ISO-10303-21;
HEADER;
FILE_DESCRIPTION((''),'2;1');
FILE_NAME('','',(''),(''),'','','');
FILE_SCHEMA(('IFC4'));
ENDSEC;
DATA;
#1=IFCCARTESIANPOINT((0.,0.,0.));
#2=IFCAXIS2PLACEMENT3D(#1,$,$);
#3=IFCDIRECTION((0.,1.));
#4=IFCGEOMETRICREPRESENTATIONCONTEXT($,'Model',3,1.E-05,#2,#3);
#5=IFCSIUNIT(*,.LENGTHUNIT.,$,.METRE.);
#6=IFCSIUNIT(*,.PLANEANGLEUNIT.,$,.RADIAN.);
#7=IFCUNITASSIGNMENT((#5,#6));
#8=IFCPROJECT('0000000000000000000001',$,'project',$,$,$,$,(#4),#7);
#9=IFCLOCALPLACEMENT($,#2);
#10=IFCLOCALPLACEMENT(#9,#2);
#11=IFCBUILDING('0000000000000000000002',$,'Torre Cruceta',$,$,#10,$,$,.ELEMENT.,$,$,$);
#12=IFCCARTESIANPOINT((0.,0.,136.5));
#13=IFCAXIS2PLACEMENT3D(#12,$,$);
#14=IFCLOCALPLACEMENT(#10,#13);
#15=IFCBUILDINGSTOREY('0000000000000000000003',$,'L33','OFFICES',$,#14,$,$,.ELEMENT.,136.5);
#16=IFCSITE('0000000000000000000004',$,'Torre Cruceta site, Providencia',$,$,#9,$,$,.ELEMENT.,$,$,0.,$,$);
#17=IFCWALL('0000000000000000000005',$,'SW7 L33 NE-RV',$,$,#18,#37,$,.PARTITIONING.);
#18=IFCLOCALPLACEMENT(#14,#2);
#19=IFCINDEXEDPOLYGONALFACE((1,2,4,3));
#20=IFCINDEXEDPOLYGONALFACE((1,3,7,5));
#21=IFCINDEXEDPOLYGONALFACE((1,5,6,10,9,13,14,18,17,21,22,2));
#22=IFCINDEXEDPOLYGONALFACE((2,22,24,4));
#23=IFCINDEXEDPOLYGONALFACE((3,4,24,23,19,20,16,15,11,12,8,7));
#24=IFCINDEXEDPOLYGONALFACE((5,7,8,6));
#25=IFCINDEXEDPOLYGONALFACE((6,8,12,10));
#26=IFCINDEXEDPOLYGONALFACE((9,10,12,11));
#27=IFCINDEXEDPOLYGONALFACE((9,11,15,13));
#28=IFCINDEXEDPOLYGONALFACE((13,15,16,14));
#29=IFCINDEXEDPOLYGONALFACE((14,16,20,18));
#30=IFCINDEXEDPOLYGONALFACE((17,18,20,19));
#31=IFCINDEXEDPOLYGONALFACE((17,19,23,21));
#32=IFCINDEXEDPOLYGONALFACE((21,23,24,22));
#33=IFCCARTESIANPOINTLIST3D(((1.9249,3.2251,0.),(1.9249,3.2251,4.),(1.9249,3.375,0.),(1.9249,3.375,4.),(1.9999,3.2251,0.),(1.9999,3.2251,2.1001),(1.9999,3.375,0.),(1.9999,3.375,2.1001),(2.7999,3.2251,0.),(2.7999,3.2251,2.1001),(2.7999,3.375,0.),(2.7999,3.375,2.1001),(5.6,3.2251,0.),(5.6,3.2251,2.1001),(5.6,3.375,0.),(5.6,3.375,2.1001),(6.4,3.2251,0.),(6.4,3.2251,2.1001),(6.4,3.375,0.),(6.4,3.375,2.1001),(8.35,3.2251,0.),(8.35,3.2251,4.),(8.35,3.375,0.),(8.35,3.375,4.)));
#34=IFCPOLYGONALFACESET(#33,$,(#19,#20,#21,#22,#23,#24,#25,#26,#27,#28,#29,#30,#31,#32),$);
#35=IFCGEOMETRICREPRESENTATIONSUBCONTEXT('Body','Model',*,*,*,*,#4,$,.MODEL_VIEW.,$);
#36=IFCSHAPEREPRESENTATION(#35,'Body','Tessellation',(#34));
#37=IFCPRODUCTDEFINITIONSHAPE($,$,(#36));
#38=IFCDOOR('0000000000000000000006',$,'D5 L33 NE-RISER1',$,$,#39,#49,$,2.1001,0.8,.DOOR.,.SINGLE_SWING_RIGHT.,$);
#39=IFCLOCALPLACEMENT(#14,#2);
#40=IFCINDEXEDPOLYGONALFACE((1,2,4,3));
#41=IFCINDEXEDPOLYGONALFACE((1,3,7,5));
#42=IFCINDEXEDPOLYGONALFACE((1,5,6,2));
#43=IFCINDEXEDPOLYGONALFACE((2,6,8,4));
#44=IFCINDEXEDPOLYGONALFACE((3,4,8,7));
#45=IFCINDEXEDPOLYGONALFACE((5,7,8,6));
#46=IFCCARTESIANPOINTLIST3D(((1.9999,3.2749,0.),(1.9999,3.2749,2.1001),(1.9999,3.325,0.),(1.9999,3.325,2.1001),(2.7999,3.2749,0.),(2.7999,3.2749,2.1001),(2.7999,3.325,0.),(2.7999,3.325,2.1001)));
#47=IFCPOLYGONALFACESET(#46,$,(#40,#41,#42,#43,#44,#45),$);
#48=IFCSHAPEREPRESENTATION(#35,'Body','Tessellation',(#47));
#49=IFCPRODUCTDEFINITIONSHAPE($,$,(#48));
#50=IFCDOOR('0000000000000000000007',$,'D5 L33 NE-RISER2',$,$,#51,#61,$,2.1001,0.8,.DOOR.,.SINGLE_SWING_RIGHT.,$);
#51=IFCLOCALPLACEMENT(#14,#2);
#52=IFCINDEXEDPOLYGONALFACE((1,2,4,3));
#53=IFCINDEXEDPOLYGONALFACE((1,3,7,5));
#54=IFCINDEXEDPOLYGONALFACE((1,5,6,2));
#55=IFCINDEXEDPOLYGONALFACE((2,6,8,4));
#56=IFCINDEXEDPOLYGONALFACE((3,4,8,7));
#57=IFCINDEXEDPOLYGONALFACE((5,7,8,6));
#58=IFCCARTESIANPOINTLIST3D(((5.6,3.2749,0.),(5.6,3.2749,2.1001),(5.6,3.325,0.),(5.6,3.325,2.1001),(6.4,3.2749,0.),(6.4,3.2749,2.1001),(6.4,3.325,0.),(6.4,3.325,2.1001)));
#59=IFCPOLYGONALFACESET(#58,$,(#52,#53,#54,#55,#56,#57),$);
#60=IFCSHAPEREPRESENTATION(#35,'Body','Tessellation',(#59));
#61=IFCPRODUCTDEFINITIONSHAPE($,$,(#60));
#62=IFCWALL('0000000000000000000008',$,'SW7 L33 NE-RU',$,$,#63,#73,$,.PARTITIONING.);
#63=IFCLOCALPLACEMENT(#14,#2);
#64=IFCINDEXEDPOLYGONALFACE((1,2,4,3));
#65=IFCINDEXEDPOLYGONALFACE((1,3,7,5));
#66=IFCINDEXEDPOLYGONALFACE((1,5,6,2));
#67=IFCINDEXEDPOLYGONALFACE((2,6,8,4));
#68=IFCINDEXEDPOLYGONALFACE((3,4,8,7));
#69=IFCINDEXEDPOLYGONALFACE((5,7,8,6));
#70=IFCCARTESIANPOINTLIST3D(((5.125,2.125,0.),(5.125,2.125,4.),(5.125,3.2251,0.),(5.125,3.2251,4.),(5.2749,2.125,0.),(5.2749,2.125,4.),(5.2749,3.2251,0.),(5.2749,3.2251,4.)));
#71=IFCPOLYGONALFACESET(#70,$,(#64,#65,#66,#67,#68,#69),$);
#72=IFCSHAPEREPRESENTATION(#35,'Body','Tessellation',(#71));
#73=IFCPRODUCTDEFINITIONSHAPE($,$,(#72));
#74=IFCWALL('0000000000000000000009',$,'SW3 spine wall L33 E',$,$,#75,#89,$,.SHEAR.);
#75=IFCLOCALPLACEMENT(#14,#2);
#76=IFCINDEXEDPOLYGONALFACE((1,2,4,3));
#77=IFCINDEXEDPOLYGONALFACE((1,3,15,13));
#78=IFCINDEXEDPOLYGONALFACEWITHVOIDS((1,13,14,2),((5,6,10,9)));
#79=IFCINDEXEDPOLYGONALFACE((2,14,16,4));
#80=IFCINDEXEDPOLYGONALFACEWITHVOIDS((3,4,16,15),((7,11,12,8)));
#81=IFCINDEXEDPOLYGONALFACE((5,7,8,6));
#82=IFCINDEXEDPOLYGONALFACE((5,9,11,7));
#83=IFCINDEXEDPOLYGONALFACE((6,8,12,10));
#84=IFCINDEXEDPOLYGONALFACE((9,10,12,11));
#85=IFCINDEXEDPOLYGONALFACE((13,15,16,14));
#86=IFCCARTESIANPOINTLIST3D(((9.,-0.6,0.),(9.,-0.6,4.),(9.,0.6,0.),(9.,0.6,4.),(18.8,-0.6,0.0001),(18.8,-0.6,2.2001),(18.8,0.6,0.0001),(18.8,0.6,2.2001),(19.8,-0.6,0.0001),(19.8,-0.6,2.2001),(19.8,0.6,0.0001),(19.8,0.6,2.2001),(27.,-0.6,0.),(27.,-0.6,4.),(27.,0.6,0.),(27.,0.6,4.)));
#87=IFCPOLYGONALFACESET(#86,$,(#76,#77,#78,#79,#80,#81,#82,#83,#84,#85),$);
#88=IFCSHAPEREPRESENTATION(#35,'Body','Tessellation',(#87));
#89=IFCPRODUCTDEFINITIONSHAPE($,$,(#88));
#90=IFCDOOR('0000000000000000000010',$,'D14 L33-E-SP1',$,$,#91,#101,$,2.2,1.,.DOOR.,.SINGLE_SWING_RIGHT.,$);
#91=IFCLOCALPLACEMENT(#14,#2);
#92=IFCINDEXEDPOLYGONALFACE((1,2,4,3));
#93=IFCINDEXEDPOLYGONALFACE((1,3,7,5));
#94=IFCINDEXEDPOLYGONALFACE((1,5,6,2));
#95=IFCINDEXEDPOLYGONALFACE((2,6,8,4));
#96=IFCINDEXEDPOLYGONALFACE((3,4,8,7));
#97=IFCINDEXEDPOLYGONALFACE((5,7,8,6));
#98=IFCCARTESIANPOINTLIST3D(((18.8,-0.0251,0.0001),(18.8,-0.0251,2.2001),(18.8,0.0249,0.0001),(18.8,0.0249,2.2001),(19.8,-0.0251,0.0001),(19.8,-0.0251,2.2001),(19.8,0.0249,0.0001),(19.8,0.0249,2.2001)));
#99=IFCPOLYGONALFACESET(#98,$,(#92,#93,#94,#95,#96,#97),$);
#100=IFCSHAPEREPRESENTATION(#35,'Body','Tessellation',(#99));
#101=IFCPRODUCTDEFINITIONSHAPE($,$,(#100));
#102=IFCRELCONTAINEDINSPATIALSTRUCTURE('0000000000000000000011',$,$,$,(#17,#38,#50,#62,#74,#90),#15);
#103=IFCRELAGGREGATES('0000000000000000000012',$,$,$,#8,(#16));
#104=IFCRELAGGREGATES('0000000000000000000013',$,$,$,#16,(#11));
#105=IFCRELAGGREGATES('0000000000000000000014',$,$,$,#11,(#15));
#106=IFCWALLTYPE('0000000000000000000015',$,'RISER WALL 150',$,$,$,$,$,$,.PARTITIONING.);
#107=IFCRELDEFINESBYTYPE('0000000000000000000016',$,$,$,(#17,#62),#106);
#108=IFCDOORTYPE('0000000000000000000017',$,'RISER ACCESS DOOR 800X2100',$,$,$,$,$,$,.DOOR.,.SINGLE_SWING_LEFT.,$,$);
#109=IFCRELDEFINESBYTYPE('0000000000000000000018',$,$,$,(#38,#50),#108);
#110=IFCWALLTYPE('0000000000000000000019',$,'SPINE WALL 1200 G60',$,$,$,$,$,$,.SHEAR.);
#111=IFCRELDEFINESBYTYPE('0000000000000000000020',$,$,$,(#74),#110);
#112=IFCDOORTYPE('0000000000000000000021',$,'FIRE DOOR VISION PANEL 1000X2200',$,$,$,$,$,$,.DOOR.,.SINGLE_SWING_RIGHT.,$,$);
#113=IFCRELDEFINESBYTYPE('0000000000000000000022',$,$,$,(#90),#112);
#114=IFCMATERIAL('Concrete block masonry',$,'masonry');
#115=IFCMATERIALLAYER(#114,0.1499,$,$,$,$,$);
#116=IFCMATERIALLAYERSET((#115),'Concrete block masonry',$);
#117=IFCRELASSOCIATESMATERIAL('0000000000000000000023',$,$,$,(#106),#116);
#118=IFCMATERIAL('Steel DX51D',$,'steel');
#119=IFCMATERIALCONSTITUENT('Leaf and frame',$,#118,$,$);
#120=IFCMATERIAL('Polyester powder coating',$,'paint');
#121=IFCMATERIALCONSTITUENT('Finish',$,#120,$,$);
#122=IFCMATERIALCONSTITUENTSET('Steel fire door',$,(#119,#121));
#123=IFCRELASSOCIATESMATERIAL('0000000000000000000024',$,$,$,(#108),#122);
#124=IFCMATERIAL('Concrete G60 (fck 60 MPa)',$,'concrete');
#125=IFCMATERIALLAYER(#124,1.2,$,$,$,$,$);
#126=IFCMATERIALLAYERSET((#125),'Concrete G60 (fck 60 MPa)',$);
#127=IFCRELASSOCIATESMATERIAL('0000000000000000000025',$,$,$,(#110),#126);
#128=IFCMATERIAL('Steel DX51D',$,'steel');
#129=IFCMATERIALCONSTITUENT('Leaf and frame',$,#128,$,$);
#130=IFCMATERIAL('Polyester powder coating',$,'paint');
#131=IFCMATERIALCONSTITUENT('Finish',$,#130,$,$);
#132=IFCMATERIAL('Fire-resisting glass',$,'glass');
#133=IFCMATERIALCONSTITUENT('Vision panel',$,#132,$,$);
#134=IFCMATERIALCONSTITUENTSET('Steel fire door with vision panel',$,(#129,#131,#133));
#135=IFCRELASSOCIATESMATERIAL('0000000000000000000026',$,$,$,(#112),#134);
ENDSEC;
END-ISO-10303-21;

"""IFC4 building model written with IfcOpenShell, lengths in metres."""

from ifc_helpers import new_model, si_unit, direction, frame, frame_2d, origin, place, context, subcontext, project, spatial, rectangle, extrude, material, layer, layer_set, constituent, constituent_set, type_object, element, fill, save


model = new_model("IFC4")

# Units and contexts
model_context = context("Model", 3, precision=1e-05, world=origin(), true_north=direction((0.0, 1.0)))
body_context = subcontext(model_context, "Body", "Model", "MODEL_VIEW")
ifc_project = project(units=[si_unit("LENGTHUNIT", "METRE"), si_unit("PLANEANGLEUNIT", "RADIAN")], contexts=[model_context])

# Site, building, storey
site_placement = place(None, origin())
site = spatial("IfcSite", under=ifc_project, at=site_placement, Name="Torre Cruceta site, Providencia", CompositionType="ELEMENT", RefElevation=0.0)
building_placement = place(site_placement, origin())
building = spatial("IfcBuilding", under=site, at=building_placement, Name="Torre Cruceta", CompositionType="ELEMENT")
storey_placement = place(building_placement, frame((0.0, 0.0, 136.5)))
storey = spatial("IfcBuildingStorey", under=building, at=storey_placement, Name="L33", Description="OFFICES", CompositionType="ELEMENT", Elevation=136.5)

# Wall, openings, doors
ifc_material_1 = material(Name="Concrete block masonry", Category="masonry")
ifc_layer_1 = layer(ifc_material_1, 0.1499)
ifc_layer_set_1 = layer_set([ifc_layer_1], Name="Concrete block masonry")
wall_type_1 = type_object("IfcWallType", Name="RISER WALL 150", PredefinedType="PARTITIONING", material=ifc_layer_set_1)
wall_1_placement = place(storey_placement, frame((1.925, 3.3, 0.0), z_axis=(0.0, 0.0, 1.0), x_axis=(1.0, 0.0, 0.0)))
wall_1 = element("IfcWall", 1, at=wall_1_placement, inside=storey, type_object=wall_type_1, Name="SW7 L33 NE-RV", PredefinedType="PARTITIONING", context=body_context, shape_type="SweptSolid", body=[
    extrude(rectangle(XDim=6.425, YDim=0.1499, at=frame_2d((3.2124, 0.0))), origin(), (0.0, 0.0, 1.0), 4.0),
])
opening_1_placement = place(wall_1_placement, frame((0.075, 0.0, 0.0)))
opening_1 = element("IfcOpeningElement", 2, at=opening_1_placement, cuts=wall_1, PredefinedType="OPENING", context=body_context, shape_type="SweptSolid", body=[
    extrude(rectangle(XDim=0.8, YDim=2.1001, at=frame_2d((0.3999, 1.05))), frame((0.0, 0.085, 0.0), z_axis=(0.0, -1.0, 0.0), x_axis=(1.0, 0.0, 0.0)), (0.0, 0.0, 1.0), 0.1699),
])
opening_2_placement = place(wall_1_placement, frame((3.675, 0.0, 0.0)))
opening_2 = element("IfcOpeningElement", 3, at=opening_2_placement, cuts=wall_1, PredefinedType="OPENING", context=body_context, shape_type="SweptSolid", body=[
    extrude(rectangle(XDim=0.8, YDim=2.1001, at=frame_2d((0.3999, 1.05))), frame((0.0, 0.085, 0.0), z_axis=(0.0, -1.0, 0.0), x_axis=(1.0, 0.0, 0.0)), (0.0, 0.0, 1.0), 0.1699),
])
ifc_material_2 = material(Name="Steel DX51D", Category="steel")
ifc_constituent_1 = constituent(ifc_material_2, Name="Leaf and frame")
ifc_material_3 = material(Name="Polyester powder coating", Category="paint")
ifc_constituent_2 = constituent(ifc_material_3, Name="Finish")
ifc_constituent_set_1 = constituent_set(constituents=[ifc_constituent_1, ifc_constituent_2], Name="Steel fire door")
door_type_1 = type_object("IfcDoorType", Name="RISER ACCESS DOOR 800X2100", OperationType="SINGLE_SWING_LEFT", PredefinedType="DOOR", material=ifc_constituent_set_1)
door_1_placement = place(opening_1_placement, frame((0.8, 0.0, 0.0), z_axis=(0.0, 0.0, 1.0), x_axis=(-1.0, 0.0, 0.0)))
door_1 = element("IfcDoor", 4, at=door_1_placement, inside=storey, type_object=door_type_1, Name="D5 L33 NE-RISER1", OperationType="SINGLE_SWING_RIGHT", OverallHeight=2.1001, OverallWidth=0.8, PredefinedType="DOOR", context=body_context, shape_type="SweptSolid", body=[
    extrude(rectangle(XDim=0.8, YDim=2.1001, at=frame_2d((0.4001, 1.05))), frame((0.0, 0.0251, 0.0), z_axis=(0.0, -1.0, 0.0), x_axis=(1.0, 0.0, 0.0)), (0.0, 0.0, 1.0), 0.05),
])
fill(opening_1, door_1)
door_2_placement = place(opening_2_placement, frame((0.8, 0.0, 0.0), z_axis=(0.0, 0.0, 1.0), x_axis=(-1.0, 0.0, 0.0)))
door_2 = element("IfcDoor", 5, at=door_2_placement, inside=storey, type_object=door_type_1, Name="D5 L33 NE-RISER2", OperationType="SINGLE_SWING_RIGHT", OverallHeight=2.1001, OverallWidth=0.8, PredefinedType="DOOR", context=body_context, shape_type="SweptSolid", body=[
    extrude(rectangle(XDim=0.8, YDim=2.1001, at=frame_2d((0.4001, 1.05))), frame((0.0, 0.0251, 0.0), z_axis=(0.0, -1.0, 0.0), x_axis=(1.0, 0.0, 0.0)), (0.0, 0.0, 1.0), 0.05),
])
fill(opening_2, door_2)

# Wall
wall_2_placement = place(storey_placement, frame((5.2, 2.125, 0.0), z_axis=(0.0, 0.0, 1.0), x_axis=(0.0, 1.0, 0.0)))
element("IfcWall", 6, at=wall_2_placement, inside=storey, type_object=wall_type_1, Name="SW7 L33 NE-RU", PredefinedType="PARTITIONING", context=body_context, shape_type="SweptSolid", body=[
    extrude(rectangle(XDim=1.1001, YDim=0.1499, at=frame_2d((0.55, 0.0))), origin(), (0.0, 0.0, 1.0), 4.0),
])

# Wall, opening, door
ifc_material_4 = material(Name="Concrete G60 (fck 60 MPa)", Category="concrete")
ifc_layer_2 = layer(ifc_material_4, 1.2)
ifc_layer_set_2 = layer_set([ifc_layer_2], Name="Concrete G60 (fck 60 MPa)")
wall_type_2 = type_object("IfcWallType", Name="SPINE WALL 1200 G60", PredefinedType="SHEAR", material=ifc_layer_set_2)
wall_3_placement = place(storey_placement, frame((9.0, 0.0, 0.0), z_axis=(0.0, 0.0, 1.0), x_axis=(1.0, 0.0, 0.0)))
wall_3 = element("IfcWall", 7, at=wall_3_placement, inside=storey, type_object=wall_type_2, Name="SW3 spine wall L33 E", PredefinedType="SHEAR", context=body_context, shape_type="SweptSolid", body=[
    extrude(rectangle(XDim=18.0, YDim=1.2, at=frame_2d((9.0, 0.0))), origin(), (0.0, 0.0, 1.0), 4.0),
])
opening_3_placement = place(wall_3_placement, frame((9.8, 0.0, 0.0)))
opening_3 = element("IfcOpeningElement", 8, at=opening_3_placement, cuts=wall_3, PredefinedType="OPENING", context=body_context, shape_type="SweptSolid", body=[
    extrude(rectangle(XDim=1.0, YDim=2.2, at=frame_2d((0.5, 1.1001))), frame((0.0, 0.6099, 0.0), z_axis=(0.0, -1.0, 0.0), x_axis=(1.0, 0.0, 0.0)), (0.0, 0.0, 1.0), 1.22),
])
ifc_material_5 = material(Name="Steel DX51D", Category="steel")
ifc_constituent_3 = constituent(ifc_material_5, Name="Leaf and frame")
ifc_material_6 = material(Name="Polyester powder coating", Category="paint")
ifc_constituent_4 = constituent(ifc_material_6, Name="Finish")
ifc_material_7 = material(Name="Fire-resisting glass", Category="glass")
ifc_constituent_5 = constituent(ifc_material_7, Name="Vision panel")
ifc_constituent_set_2 = constituent_set(constituents=[ifc_constituent_3, ifc_constituent_4, ifc_constituent_5], Name="Steel fire door with vision panel")
door_type_2 = type_object("IfcDoorType", Name="FIRE DOOR VISION PANEL 1000X2200", OperationType="SINGLE_SWING_RIGHT", PredefinedType="DOOR", material=ifc_constituent_set_2)
door_3_placement = place(opening_3_placement, frame((1.0, 0.0, 0.0), z_axis=(0.0, 0.0, 1.0), x_axis=(-1.0, 0.0, 0.0)))
door_3 = element("IfcDoor", 9, at=door_3_placement, inside=storey, type_object=door_type_2, Name="D14 L33-E-SP1", OperationType="SINGLE_SWING_RIGHT", OverallHeight=2.2, OverallWidth=1.0, PredefinedType="DOOR", context=body_context, shape_type="SweptSolid", body=[
    extrude(rectangle(XDim=1.0, YDim=2.2, at=frame_2d((0.5, 1.1001))), frame((0.0, 0.0251, 0.0), z_axis=(0.0, -1.0, 0.0), x_axis=(1.0, 0.0, 0.0)), (0.0, 0.0, 1.0), 0.05),
])
fill(opening_3, door_3)

save(model, "model.ifc")
